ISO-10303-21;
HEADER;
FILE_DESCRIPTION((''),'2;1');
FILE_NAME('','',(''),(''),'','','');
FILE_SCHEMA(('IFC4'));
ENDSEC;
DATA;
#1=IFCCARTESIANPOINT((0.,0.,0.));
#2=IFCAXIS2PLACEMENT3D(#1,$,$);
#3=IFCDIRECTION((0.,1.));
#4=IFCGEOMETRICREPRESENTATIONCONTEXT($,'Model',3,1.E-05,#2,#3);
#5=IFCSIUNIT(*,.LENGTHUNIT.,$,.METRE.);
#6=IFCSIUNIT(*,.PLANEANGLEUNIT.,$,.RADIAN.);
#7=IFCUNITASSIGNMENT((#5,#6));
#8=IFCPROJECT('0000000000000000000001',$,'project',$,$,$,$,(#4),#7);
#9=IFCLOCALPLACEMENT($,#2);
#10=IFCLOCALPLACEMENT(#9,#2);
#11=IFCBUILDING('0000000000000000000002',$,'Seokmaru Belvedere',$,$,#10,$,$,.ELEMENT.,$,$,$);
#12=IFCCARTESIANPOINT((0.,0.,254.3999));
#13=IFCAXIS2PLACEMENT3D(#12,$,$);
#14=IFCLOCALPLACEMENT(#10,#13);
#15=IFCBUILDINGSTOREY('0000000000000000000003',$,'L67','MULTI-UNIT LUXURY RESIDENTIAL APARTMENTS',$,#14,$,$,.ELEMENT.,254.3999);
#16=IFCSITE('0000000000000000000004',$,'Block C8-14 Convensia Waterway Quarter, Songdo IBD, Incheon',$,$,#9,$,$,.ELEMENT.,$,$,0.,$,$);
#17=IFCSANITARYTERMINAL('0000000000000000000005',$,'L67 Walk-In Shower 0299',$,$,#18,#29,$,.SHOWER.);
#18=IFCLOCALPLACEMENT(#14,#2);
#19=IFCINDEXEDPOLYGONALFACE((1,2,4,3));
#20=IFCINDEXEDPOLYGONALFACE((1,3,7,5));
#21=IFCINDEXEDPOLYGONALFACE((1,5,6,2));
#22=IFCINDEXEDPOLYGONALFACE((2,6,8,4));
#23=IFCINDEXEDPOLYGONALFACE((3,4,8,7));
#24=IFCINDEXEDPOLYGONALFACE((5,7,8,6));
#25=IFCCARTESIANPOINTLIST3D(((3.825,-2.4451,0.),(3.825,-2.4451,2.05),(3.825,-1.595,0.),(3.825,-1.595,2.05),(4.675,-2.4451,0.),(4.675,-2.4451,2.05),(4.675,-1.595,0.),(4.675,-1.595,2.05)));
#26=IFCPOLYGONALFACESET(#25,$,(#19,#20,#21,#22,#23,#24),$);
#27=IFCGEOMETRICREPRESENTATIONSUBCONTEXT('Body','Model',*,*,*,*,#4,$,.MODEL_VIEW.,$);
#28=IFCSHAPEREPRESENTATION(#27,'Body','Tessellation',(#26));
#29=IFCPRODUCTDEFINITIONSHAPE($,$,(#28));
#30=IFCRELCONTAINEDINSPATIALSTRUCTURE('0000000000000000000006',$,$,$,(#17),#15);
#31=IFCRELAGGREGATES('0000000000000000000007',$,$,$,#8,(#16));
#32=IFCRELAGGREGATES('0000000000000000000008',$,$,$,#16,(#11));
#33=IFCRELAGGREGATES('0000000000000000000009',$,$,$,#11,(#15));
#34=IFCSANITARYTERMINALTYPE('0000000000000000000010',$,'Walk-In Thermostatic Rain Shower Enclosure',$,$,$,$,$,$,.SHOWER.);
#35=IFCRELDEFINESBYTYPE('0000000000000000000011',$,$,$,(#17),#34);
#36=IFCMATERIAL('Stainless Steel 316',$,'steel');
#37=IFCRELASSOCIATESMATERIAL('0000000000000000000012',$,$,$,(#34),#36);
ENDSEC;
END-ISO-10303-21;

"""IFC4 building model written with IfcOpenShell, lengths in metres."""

from ifc_helpers import new_model, si_unit, direction, frame, origin, origin_2d, place, context, subcontext, project, spatial, rectangle, extrude, source, transform, mapped, material, type_object, type_shapes, element, save


model = new_model("IFC4")

# Units and contexts
model_context = context("Model", 3, precision=1e-05, world=origin(), true_north=direction((0.0, 1.0)))
body_context = subcontext(model_context, "Body", "Model", "MODEL_VIEW")
ifc_project = project(units=[si_unit("LENGTHUNIT", "METRE"), si_unit("PLANEANGLEUNIT", "RADIAN")], contexts=[model_context])

# Site, building, storey
site_placement = place(None, origin())
site = spatial("IfcSite", under=ifc_project, at=site_placement, Name="Block C8-14 Convensia Waterway Quarter, Songdo IBD, Incheon", CompositionType="ELEMENT", RefElevation=0.0)
building_placement = place(site_placement, origin())
building = spatial("IfcBuilding", under=site, at=building_placement, Name="Seokmaru Belvedere", CompositionType="ELEMENT")
storey_placement = place(building_placement, frame((0.0, 0.0, 254.3999)))
storey = spatial("IfcBuildingStorey", under=building, at=storey_placement, Name="L67", Description="MULTI-UNIT LUXURY RESIDENTIAL APARTMENTS", CompositionType="ELEMENT", Elevation=254.3999)

# Sanitary terminal
ifc_material_1 = material(Name="Stainless Steel 316", Category="steel")
sanitary_terminal_type_1 = type_object("IfcSanitaryTerminalType", Name="Walk-In Thermostatic Rain Shower Enclosure", PredefinedType="SHOWER", material=ifc_material_1)
shared_shape_1 = source(origin(), body_context, "Body", "SweptSolid", [
    extrude(rectangle(XDim=0.8501, YDim=0.8501, at=origin_2d()), origin(), (0.0, 0.0, 1.0), 2.05),
])
type_shapes(sanitary_terminal_type_1, [shared_shape_1])
sanitary_terminal_1_placement = place(storey_placement, frame((4.25, -2.02, 0.0), z_axis=(0.0, 0.0, 1.0), x_axis=(1.0, 0.0, 0.0)))
element("IfcSanitaryTerminal", 1, at=sanitary_terminal_1_placement, inside=storey, type_object=sanitary_terminal_type_1, Name="L67 Walk-In Shower 0299", PredefinedType="SHOWER", context=body_context, shape_type="MappedRepresentation", body=[
    mapped(shared_shape_1, transform((0.0, 0.0, 0.0), scale=1.0)),
])

save(model, "model.ifc")
